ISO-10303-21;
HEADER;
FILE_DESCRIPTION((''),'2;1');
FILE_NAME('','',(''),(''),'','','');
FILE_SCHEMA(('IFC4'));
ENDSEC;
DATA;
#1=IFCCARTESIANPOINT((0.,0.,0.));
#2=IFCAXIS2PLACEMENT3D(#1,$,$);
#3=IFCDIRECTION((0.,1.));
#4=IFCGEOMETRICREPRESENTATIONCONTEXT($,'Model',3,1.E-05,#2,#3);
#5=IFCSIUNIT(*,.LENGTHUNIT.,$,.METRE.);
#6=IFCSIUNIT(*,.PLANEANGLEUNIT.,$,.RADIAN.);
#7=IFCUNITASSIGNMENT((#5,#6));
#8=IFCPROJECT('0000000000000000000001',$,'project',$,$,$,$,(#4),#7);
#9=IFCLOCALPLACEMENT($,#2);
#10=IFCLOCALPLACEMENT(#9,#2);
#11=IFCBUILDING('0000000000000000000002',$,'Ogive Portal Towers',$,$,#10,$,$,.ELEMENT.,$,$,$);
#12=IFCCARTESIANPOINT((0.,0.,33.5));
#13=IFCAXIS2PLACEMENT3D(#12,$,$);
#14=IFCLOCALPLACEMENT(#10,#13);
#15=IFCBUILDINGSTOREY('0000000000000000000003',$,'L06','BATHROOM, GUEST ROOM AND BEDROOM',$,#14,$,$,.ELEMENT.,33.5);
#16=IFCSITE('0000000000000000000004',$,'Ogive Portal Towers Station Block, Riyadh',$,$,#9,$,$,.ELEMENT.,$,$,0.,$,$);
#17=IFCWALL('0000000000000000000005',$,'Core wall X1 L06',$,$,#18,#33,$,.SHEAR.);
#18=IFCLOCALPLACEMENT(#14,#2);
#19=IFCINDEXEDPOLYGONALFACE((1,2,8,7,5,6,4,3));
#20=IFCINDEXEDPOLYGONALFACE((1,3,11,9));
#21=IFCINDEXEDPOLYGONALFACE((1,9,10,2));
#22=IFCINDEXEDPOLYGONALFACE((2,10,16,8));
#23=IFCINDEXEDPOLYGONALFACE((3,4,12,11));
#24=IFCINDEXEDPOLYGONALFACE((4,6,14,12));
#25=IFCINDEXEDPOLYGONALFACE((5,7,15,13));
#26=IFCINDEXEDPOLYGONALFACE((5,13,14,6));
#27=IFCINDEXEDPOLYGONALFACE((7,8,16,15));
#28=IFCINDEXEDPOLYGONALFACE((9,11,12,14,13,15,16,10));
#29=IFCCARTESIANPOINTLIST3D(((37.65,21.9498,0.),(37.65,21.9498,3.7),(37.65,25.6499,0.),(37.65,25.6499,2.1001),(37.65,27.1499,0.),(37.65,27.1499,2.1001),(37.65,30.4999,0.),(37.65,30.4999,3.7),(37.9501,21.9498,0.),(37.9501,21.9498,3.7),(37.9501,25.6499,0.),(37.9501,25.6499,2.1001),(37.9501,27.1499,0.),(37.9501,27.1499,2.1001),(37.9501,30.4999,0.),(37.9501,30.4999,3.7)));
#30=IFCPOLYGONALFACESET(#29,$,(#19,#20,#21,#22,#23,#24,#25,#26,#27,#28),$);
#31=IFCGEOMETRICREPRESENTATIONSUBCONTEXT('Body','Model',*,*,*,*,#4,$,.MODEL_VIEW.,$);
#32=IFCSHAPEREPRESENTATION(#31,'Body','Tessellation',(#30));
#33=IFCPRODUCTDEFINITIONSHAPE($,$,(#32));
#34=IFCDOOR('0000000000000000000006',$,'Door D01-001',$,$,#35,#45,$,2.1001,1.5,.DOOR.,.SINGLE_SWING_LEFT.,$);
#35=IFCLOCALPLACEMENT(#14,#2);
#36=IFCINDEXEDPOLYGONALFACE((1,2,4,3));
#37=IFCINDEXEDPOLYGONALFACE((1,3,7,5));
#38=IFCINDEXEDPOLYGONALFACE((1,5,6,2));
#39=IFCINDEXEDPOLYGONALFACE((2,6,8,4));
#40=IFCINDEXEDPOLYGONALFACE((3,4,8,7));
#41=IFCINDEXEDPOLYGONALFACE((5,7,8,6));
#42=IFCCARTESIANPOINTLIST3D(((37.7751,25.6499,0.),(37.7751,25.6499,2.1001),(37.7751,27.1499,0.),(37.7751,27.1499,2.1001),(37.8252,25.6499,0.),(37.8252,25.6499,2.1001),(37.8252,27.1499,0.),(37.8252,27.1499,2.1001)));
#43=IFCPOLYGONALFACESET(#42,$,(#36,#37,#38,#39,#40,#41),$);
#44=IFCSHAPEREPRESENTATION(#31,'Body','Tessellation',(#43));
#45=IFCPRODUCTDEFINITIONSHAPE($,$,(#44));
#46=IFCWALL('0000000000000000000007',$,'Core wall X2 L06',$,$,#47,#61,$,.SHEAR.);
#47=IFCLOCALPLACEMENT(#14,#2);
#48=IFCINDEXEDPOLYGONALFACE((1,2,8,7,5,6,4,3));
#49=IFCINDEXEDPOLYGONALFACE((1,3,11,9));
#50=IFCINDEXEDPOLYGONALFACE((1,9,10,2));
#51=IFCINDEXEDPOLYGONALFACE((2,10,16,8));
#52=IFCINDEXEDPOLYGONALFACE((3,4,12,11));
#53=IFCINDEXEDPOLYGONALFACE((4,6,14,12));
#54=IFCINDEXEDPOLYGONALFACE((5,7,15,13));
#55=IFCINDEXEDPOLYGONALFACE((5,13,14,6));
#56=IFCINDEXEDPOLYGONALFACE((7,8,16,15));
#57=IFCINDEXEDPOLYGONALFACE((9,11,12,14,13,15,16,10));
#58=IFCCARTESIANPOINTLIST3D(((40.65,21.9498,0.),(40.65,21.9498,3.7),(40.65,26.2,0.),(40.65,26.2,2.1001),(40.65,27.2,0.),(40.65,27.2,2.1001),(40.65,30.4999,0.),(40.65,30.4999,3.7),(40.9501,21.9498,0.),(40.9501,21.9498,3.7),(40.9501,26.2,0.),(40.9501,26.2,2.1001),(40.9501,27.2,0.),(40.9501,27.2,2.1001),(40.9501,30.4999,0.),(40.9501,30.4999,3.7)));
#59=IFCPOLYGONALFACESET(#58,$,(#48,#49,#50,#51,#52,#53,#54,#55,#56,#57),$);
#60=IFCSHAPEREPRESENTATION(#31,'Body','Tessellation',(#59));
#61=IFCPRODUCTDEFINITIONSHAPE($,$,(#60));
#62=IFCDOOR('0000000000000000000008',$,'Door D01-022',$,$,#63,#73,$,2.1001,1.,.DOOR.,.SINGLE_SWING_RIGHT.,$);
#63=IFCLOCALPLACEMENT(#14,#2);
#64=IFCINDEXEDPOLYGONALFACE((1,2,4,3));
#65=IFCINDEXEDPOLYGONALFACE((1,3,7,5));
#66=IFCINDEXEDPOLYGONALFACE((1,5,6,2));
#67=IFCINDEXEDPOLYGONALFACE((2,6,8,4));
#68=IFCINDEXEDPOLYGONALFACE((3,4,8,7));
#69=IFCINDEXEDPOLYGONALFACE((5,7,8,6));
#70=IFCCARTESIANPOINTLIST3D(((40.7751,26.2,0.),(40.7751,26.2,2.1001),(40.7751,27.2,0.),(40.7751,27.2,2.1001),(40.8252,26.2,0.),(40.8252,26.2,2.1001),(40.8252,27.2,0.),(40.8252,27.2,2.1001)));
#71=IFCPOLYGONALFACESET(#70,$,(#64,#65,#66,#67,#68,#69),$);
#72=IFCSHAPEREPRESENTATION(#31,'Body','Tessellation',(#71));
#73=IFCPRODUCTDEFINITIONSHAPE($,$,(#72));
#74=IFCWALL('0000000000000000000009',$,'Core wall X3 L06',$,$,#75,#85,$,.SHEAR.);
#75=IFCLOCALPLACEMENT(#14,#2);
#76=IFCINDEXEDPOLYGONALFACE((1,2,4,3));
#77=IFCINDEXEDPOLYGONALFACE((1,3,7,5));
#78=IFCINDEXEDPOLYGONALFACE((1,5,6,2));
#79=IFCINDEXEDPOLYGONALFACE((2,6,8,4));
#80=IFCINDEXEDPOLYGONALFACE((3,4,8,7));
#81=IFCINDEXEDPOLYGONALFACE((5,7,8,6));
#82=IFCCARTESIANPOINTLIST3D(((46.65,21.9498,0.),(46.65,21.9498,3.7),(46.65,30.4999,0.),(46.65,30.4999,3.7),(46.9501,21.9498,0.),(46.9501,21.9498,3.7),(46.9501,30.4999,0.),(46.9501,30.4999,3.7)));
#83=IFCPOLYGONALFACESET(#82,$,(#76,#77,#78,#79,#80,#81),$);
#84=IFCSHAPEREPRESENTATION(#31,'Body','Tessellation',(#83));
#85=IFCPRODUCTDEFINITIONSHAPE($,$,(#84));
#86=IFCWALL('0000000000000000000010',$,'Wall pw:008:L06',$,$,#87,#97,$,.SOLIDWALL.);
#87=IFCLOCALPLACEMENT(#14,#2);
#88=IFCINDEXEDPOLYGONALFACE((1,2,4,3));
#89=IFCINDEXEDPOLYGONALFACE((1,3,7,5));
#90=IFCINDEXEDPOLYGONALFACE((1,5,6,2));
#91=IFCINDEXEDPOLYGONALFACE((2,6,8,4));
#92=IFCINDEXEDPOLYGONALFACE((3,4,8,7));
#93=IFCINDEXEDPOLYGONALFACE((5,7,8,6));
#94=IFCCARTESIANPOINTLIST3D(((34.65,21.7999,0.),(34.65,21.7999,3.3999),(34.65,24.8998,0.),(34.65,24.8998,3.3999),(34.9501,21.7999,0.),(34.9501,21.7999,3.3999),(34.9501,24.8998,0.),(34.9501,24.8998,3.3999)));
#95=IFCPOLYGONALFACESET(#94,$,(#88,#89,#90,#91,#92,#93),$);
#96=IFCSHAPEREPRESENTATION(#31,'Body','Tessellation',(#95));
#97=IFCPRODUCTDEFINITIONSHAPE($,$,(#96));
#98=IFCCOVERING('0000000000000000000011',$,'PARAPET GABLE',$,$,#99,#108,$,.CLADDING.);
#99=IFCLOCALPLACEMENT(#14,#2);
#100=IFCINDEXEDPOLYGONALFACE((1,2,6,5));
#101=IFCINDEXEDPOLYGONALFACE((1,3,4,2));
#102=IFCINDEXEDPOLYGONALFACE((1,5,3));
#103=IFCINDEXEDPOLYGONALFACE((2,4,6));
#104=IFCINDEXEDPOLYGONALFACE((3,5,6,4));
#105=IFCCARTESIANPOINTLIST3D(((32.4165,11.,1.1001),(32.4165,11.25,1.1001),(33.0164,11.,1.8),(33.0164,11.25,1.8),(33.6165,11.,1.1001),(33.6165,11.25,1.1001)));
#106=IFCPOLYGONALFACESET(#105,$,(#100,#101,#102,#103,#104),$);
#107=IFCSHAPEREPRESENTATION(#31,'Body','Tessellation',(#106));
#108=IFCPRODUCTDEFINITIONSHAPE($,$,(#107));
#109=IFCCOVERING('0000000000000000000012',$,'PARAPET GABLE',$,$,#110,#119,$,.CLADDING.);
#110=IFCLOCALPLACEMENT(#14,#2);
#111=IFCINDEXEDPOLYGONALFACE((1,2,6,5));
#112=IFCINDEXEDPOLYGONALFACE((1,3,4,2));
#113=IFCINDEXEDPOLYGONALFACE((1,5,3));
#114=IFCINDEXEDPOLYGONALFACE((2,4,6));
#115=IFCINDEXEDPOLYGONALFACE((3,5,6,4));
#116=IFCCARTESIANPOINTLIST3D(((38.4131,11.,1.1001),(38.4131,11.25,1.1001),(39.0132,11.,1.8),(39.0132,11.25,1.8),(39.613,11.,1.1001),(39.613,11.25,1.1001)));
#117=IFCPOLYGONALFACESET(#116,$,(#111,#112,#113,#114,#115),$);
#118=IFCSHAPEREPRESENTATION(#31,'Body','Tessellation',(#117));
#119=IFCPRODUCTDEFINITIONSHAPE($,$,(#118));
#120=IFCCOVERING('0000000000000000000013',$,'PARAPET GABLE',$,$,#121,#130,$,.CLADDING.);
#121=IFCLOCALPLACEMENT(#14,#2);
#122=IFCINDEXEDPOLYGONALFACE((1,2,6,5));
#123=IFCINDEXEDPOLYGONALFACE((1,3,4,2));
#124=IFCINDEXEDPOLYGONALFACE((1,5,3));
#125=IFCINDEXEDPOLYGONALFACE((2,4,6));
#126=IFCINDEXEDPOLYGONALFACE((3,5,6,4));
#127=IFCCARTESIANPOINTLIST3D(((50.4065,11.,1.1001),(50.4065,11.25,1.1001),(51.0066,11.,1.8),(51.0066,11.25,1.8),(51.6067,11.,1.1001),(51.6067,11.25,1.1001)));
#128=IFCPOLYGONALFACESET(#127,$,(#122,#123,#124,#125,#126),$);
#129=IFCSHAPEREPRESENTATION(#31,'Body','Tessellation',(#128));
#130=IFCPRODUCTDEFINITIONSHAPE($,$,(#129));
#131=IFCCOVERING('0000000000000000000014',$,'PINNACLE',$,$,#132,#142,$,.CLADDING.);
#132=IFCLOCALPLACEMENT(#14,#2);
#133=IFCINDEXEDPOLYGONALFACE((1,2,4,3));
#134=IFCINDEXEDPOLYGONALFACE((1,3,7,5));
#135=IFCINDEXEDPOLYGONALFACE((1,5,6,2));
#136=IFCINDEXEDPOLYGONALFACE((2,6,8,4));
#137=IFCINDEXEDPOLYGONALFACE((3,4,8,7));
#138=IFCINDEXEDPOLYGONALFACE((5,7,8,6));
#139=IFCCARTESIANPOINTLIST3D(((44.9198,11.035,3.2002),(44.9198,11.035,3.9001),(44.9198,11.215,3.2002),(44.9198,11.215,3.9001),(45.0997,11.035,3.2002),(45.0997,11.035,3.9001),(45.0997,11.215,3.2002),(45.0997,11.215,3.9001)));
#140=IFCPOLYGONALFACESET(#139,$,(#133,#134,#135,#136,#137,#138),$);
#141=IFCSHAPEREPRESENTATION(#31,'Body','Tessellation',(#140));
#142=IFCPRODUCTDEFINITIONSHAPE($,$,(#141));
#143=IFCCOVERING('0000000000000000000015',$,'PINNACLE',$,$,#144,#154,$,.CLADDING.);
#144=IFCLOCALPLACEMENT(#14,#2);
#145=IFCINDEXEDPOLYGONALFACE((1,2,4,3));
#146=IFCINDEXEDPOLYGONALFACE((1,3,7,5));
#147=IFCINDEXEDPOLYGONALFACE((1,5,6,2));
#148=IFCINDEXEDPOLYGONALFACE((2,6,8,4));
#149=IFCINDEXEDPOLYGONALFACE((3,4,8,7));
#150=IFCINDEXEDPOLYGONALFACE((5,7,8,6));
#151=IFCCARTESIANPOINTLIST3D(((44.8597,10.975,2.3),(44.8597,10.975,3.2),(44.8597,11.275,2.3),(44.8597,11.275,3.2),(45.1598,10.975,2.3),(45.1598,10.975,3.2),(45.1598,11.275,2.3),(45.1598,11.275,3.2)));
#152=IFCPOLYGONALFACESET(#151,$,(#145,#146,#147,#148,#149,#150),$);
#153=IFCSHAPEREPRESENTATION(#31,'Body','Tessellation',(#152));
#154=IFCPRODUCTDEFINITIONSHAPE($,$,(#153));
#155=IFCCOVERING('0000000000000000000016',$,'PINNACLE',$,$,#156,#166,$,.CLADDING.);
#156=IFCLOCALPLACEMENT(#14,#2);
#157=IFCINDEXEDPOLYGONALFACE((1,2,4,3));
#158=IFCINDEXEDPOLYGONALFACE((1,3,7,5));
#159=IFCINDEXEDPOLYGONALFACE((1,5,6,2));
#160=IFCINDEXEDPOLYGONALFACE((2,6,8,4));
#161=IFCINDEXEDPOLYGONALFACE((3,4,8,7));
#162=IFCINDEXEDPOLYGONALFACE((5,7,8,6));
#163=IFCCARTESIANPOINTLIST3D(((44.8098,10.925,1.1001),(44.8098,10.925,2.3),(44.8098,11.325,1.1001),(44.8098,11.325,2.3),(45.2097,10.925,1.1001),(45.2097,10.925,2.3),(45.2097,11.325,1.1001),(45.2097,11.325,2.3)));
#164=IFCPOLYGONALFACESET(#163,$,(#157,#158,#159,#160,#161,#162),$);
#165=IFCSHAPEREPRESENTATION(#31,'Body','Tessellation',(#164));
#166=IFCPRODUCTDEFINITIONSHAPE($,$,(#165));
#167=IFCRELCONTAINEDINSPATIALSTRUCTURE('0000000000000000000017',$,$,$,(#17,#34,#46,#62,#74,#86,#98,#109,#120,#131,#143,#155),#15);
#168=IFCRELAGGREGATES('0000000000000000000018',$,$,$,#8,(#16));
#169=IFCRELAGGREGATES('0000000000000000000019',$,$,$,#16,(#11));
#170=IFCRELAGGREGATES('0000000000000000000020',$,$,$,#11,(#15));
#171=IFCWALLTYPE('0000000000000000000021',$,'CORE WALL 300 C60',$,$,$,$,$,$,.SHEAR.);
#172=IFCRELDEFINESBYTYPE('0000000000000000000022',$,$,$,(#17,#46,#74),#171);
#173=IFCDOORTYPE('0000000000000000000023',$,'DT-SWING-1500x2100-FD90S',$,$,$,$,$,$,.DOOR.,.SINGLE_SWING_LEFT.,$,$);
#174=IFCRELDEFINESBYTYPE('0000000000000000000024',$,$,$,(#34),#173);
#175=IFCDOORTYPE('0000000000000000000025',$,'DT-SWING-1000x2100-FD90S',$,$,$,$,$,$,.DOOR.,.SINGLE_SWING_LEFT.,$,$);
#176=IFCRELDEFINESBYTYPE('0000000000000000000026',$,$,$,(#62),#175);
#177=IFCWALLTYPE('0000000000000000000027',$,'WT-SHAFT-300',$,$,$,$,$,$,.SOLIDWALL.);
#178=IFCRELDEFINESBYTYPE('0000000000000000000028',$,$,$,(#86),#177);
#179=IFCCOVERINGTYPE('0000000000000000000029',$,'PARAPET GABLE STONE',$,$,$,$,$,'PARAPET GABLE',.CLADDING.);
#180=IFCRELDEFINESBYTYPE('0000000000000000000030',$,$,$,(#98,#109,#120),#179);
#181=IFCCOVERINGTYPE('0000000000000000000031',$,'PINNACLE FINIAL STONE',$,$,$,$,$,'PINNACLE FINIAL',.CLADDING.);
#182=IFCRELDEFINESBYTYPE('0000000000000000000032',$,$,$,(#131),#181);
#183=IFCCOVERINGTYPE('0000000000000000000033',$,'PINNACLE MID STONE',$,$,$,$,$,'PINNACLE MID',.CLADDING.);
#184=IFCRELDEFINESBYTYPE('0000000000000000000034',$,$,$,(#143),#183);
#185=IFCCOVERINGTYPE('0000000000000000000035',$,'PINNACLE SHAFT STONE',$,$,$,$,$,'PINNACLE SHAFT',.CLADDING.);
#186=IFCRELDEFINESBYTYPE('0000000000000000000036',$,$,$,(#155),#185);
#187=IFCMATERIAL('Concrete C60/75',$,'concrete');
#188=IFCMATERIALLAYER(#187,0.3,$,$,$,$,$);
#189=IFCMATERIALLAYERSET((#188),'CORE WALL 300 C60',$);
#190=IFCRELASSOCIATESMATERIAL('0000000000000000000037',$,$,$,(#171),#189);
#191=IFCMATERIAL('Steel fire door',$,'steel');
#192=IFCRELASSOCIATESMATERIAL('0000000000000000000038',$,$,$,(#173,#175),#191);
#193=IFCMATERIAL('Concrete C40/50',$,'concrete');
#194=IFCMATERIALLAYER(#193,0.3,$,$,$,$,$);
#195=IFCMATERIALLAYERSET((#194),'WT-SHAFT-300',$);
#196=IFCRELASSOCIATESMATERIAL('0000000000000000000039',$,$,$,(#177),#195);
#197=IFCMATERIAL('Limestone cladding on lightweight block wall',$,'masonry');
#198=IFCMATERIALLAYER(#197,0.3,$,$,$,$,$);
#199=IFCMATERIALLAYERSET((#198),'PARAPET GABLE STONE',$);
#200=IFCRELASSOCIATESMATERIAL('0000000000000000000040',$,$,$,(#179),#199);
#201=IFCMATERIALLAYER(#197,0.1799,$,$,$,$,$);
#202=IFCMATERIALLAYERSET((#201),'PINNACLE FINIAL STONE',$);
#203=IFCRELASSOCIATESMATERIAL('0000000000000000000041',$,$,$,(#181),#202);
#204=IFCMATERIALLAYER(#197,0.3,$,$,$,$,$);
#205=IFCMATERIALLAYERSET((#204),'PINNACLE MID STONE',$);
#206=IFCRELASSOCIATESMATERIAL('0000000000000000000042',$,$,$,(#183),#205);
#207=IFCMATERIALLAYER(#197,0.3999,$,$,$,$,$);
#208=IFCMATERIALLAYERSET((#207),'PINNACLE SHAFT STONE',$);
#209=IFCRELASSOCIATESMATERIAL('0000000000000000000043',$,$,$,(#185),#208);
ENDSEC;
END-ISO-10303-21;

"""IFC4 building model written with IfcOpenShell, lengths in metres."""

from ifc_helpers import new_model, si_unit, direction, frame, frame_2d, origin, origin_2d, place, context, subcontext, project, spatial, polyline, rectangle, outline, extrude, material, layer, layer_set, type_object, element, fill, save


model = new_model("IFC4")

# Units and contexts
model_context = context("Model", 3, precision=1e-05, world=origin(), true_north=direction((0.0, 1.0)))
body_context = subcontext(model_context, "Body", "Model", "MODEL_VIEW")
ifc_project = project(units=[si_unit("LENGTHUNIT", "METRE"), si_unit("PLANEANGLEUNIT", "RADIAN")], contexts=[model_context])

# Site, building, storey
site_placement = place(None, origin())
site = spatial("IfcSite", under=ifc_project, at=site_placement, Name="Ogive Portal Towers Station Block, Riyadh", CompositionType="ELEMENT", RefElevation=0.0)
building_placement = place(site_placement, origin())
building = spatial("IfcBuilding", under=site, at=building_placement, Name="Ogive Portal Towers", CompositionType="ELEMENT")
storey_placement = place(building_placement, frame((0.0, 0.0, 33.5)))
storey = spatial("IfcBuildingStorey", under=building, at=storey_placement, Name="L06", Description="BATHROOM, GUEST ROOM AND BEDROOM", CompositionType="ELEMENT", Elevation=33.5)

# Walls, openings, doors
ifc_material_1 = material(Name="Concrete C60/75", Category="concrete")
ifc_layer_1 = layer(ifc_material_1, 0.3)
ifc_layer_set_1 = layer_set([ifc_layer_1], Name="CORE WALL 300 C60")
wall_type_1 = type_object("IfcWallType", Name="CORE WALL 300 C60", PredefinedType="SHEAR", material=ifc_layer_set_1)
wall_1_placement = place(storey_placement, frame((37.8, 21.95, 0.0), z_axis=(0.0, 0.0, 1.0), x_axis=(0.0, 1.0, 0.0)))
wall_1 = element("IfcWall", 1, at=wall_1_placement, inside=storey, type_object=wall_type_1, Name="Core wall X1 L06", PredefinedType="SHEAR", context=body_context, shape_type="SweptSolid", body=[
    extrude(rectangle(XDim=8.55, YDim=0.3, at=frame_2d((4.2749, 0.0))), origin(), (0.0, 0.0, 1.0), 3.7),
])
opening_1_placement = place(wall_1_placement, frame((3.7, 0.0, 0.0)))
opening_1 = element("IfcOpeningElement", 2, at=opening_1_placement, cuts=wall_1, PredefinedType="OPENING", context=body_context, shape_type="SweptSolid", body=[
    extrude(rectangle(XDim=1.5, YDim=2.1001, at=frame_2d((0.75, 1.05))), frame((0.0, 0.1602, 0.0), z_axis=(0.0, -1.0, 0.0), x_axis=(1.0, 0.0, 0.0)), (0.0, 0.0, 1.0), 0.3201),
])
ifc_material_2 = material(Name="Steel fire door", Category="steel")
door_type_1 = type_object("IfcDoorType", Name="DT-SWING-1500x2100-FD90S", OperationType="SINGLE_SWING_LEFT", PredefinedType="DOOR", material=ifc_material_2)
door_1_placement = place(opening_1_placement, origin())
door_1 = element("IfcDoor", 3, at=door_1_placement, inside=storey, type_object=door_type_1, Name="Door D01-001", OperationType="SINGLE_SWING_LEFT", OverallHeight=2.1001, OverallWidth=1.5, PredefinedType="DOOR", context=body_context, shape_type="SweptSolid", body=[
    extrude(rectangle(XDim=1.5, YDim=2.1001, at=frame_2d((0.75, 1.05))), frame((0.0, 0.0249, 0.0), z_axis=(0.0, -1.0, 0.0), x_axis=(1.0, 0.0, 0.0)), (0.0, 0.0, 1.0), 0.05),
])
fill(opening_1, door_1)
wall_2_placement = place(storey_placement, frame((40.8, 21.95, 0.0), z_axis=(0.0, 0.0, 1.0), x_axis=(0.0, 1.0, 0.0)))
wall_2 = element("IfcWall", 4, at=wall_2_placement, inside=storey, type_object=wall_type_1, Name="Core wall X2 L06", PredefinedType="SHEAR", context=body_context, shape_type="SweptSolid", body=[
    extrude(rectangle(XDim=8.55, YDim=0.3, at=frame_2d((4.2749, 0.0))), origin(), (0.0, 0.0, 1.0), 3.7),
])
opening_2_placement = place(wall_2_placement, frame((4.25, 0.0, 0.0)))
opening_2 = element("IfcOpeningElement", 5, at=opening_2_placement, cuts=wall_2, PredefinedType="OPENING", context=body_context, shape_type="SweptSolid", body=[
    extrude(rectangle(XDim=1.0, YDim=2.1001, at=frame_2d((0.5, 1.05))), frame((0.0, 0.1602, 0.0), z_axis=(0.0, -1.0, 0.0), x_axis=(1.0, 0.0, 0.0)), (0.0, 0.0, 1.0), 0.3201),
])
door_type_2 = type_object("IfcDoorType", Name="DT-SWING-1000x2100-FD90S", OperationType="SINGLE_SWING_LEFT", PredefinedType="DOOR", material=ifc_material_2)
door_2_placement = place(opening_2_placement, origin())
door_2 = element("IfcDoor", 6, at=door_2_placement, inside=storey, type_object=door_type_2, Name="Door D01-022", OperationType="SINGLE_SWING_RIGHT", OverallHeight=2.1001, OverallWidth=1.0, PredefinedType="DOOR", context=body_context, shape_type="SweptSolid", body=[
    extrude(rectangle(XDim=1.0, YDim=2.1001, at=frame_2d((0.5, 1.05))), frame((0.0, 0.0249, 0.0), z_axis=(0.0, -1.0, 0.0), x_axis=(1.0, 0.0, 0.0)), (0.0, 0.0, 1.0), 0.05),
])
fill(opening_2, door_2)

# Walls
wall_3_placement = place(storey_placement, frame((46.8, 21.95, 0.0), z_axis=(0.0, 0.0, 1.0), x_axis=(0.0, 1.0, 0.0)))
element("IfcWall", 7, at=wall_3_placement, inside=storey, type_object=wall_type_1, Name="Core wall X3 L06", PredefinedType="SHEAR", context=body_context, shape_type="SweptSolid", body=[
    extrude(rectangle(XDim=8.55, YDim=0.3, at=frame_2d((4.2749, 0.0))), origin(), (0.0, 0.0, 1.0), 3.7),
])
ifc_material_3 = material(Name="Concrete C40/50", Category="concrete")
ifc_layer_2 = layer(ifc_material_3, 0.3)
ifc_layer_set_2 = layer_set([ifc_layer_2], Name="WT-SHAFT-300")
wall_type_2 = type_object("IfcWallType", Name="WT-SHAFT-300", PredefinedType="SOLIDWALL", material=ifc_layer_set_2)
wall_4_placement = place(storey_placement, frame((34.8, 21.8, 0.0), z_axis=(0.0, 0.0, 1.0), x_axis=(0.0, 1.0, 0.0)))
element("IfcWall", 8, at=wall_4_placement, inside=storey, type_object=wall_type_2, Name="Wall pw:008:L06", PredefinedType="SOLIDWALL", context=body_context, shape_type="SweptSolid", body=[
    extrude(rectangle(XDim=3.0999, YDim=0.3, at=frame_2d((1.5498, 0.0))), origin(), (0.0, 0.0, 1.0), 3.3999),
])

# Coverings
ifc_material_4 = material(Name="Limestone cladding on lightweight block wall", Category="masonry")
ifc_layer_3 = layer(ifc_material_4, 0.3)
ifc_layer_set_3 = layer_set([ifc_layer_3], Name="PARAPET GABLE STONE")
covering_type_1 = type_object("IfcCoveringType", Name="PARAPET GABLE STONE", ElementType="PARAPET GABLE", PredefinedType="CLADDING", material=ifc_layer_set_3)
covering_1_placement = place(storey_placement, frame((32.4165, 11.0, 1.1001), z_axis=(0.0, -1.0, 0.0), x_axis=(1.0, 0.0, 0.0)))
element("IfcCovering", 9, at=covering_1_placement, inside=storey, type_object=covering_type_1, Name="PARAPET GABLE", PredefinedType="CLADDING", context=body_context, shape_type="SweptSolid", body=[
    extrude(outline(polyline([(0.0, 0.0), (1.2, 0.0), (0.5999, 0.7), (0.0, 0.0)])), origin(), (0.0, 0.0, -1.0), 0.25),
])
covering_2_placement = place(storey_placement, frame((38.4131, 11.0, 1.1001), z_axis=(0.0, -1.0, 0.0), x_axis=(1.0, 0.0, 0.0)))
element("IfcCovering", 10, at=covering_2_placement, inside=storey, type_object=covering_type_1, Name="PARAPET GABLE", PredefinedType="CLADDING", context=body_context, shape_type="SweptSolid", body=[
    extrude(outline(polyline([(0.0, 0.0), (1.2, 0.0), (0.6001, 0.7), (0.0, 0.0)])), origin(), (0.0, 0.0, -1.0), 0.25),
])
covering_3_placement = place(storey_placement, frame((50.4065, 11.0, 1.1001), z_axis=(0.0, -1.0, 0.0), x_axis=(1.0, 0.0, 0.0)))
element("IfcCovering", 11, at=covering_3_placement, inside=storey, type_object=covering_type_1, Name="PARAPET GABLE", PredefinedType="CLADDING", context=body_context, shape_type="SweptSolid", body=[
    extrude(outline(polyline([(0.0, 0.0), (1.2002, 0.0), (0.6001, 0.7), (0.0, 0.0)])), origin(), (0.0, 0.0, -1.0), 0.25),
])
ifc_layer_4 = layer(ifc_material_4, 0.1799)
ifc_layer_set_4 = layer_set([ifc_layer_4], Name="PINNACLE FINIAL STONE")
covering_type_2 = type_object("IfcCoveringType", Name="PINNACLE FINIAL STONE", ElementType="PINNACLE FINIAL", PredefinedType="CLADDING", material=ifc_layer_set_4)
covering_4_placement = place(storey_placement, frame((45.0098, 11.125, 3.2002), z_axis=(0.0, 0.0, 1.0), x_axis=(1.0, 0.0, 0.0)))
element("IfcCovering", 12, at=covering_4_placement, inside=storey, type_object=covering_type_2, Name="PINNACLE", PredefinedType="CLADDING", context=body_context, shape_type="SweptSolid", body=[
    extrude(rectangle(XDim=0.1799, YDim=0.1799, at=origin_2d()), origin(), (0.0, 0.0, 1.0), 0.7),
])
ifc_layer_5 = layer(ifc_material_4, 0.3)
ifc_layer_set_5 = layer_set([ifc_layer_5], Name="PINNACLE MID STONE")
covering_type_3 = type_object("IfcCoveringType", Name="PINNACLE MID STONE", ElementType="PINNACLE MID", PredefinedType="CLADDING", material=ifc_layer_set_5)
covering_5_placement = place(storey_placement, frame((45.0098, 11.125, 2.3), z_axis=(0.0, 0.0, 1.0), x_axis=(1.0, 0.0, 0.0)))
element("IfcCovering", 13, at=covering_5_placement, inside=storey, type_object=covering_type_3, Name="PINNACLE", PredefinedType="CLADDING", context=body_context, shape_type="SweptSolid", body=[
    extrude(rectangle(XDim=0.3, YDim=0.3, at=origin_2d()), origin(), (0.0, 0.0, 1.0), 0.8999),
])
ifc_layer_6 = layer(ifc_material_4, 0.3999)
ifc_layer_set_6 = layer_set([ifc_layer_6], Name="PINNACLE SHAFT STONE")
covering_type_4 = type_object("IfcCoveringType", Name="PINNACLE SHAFT STONE", ElementType="PINNACLE SHAFT", PredefinedType="CLADDING", material=ifc_layer_set_6)
covering_6_placement = place(storey_placement, frame((45.0098, 11.125, 1.1001), z_axis=(0.0, 0.0, 1.0), x_axis=(1.0, 0.0, 0.0)))
element("IfcCovering", 14, at=covering_6_placement, inside=storey, type_object=covering_type_4, Name="PINNACLE", PredefinedType="CLADDING", context=body_context, shape_type="SweptSolid", body=[
    extrude(rectangle(XDim=0.3999, YDim=0.3999, at=origin_2d()), origin(), (0.0, 0.0, 1.0), 1.2),
])

save(model, "model.ifc")
